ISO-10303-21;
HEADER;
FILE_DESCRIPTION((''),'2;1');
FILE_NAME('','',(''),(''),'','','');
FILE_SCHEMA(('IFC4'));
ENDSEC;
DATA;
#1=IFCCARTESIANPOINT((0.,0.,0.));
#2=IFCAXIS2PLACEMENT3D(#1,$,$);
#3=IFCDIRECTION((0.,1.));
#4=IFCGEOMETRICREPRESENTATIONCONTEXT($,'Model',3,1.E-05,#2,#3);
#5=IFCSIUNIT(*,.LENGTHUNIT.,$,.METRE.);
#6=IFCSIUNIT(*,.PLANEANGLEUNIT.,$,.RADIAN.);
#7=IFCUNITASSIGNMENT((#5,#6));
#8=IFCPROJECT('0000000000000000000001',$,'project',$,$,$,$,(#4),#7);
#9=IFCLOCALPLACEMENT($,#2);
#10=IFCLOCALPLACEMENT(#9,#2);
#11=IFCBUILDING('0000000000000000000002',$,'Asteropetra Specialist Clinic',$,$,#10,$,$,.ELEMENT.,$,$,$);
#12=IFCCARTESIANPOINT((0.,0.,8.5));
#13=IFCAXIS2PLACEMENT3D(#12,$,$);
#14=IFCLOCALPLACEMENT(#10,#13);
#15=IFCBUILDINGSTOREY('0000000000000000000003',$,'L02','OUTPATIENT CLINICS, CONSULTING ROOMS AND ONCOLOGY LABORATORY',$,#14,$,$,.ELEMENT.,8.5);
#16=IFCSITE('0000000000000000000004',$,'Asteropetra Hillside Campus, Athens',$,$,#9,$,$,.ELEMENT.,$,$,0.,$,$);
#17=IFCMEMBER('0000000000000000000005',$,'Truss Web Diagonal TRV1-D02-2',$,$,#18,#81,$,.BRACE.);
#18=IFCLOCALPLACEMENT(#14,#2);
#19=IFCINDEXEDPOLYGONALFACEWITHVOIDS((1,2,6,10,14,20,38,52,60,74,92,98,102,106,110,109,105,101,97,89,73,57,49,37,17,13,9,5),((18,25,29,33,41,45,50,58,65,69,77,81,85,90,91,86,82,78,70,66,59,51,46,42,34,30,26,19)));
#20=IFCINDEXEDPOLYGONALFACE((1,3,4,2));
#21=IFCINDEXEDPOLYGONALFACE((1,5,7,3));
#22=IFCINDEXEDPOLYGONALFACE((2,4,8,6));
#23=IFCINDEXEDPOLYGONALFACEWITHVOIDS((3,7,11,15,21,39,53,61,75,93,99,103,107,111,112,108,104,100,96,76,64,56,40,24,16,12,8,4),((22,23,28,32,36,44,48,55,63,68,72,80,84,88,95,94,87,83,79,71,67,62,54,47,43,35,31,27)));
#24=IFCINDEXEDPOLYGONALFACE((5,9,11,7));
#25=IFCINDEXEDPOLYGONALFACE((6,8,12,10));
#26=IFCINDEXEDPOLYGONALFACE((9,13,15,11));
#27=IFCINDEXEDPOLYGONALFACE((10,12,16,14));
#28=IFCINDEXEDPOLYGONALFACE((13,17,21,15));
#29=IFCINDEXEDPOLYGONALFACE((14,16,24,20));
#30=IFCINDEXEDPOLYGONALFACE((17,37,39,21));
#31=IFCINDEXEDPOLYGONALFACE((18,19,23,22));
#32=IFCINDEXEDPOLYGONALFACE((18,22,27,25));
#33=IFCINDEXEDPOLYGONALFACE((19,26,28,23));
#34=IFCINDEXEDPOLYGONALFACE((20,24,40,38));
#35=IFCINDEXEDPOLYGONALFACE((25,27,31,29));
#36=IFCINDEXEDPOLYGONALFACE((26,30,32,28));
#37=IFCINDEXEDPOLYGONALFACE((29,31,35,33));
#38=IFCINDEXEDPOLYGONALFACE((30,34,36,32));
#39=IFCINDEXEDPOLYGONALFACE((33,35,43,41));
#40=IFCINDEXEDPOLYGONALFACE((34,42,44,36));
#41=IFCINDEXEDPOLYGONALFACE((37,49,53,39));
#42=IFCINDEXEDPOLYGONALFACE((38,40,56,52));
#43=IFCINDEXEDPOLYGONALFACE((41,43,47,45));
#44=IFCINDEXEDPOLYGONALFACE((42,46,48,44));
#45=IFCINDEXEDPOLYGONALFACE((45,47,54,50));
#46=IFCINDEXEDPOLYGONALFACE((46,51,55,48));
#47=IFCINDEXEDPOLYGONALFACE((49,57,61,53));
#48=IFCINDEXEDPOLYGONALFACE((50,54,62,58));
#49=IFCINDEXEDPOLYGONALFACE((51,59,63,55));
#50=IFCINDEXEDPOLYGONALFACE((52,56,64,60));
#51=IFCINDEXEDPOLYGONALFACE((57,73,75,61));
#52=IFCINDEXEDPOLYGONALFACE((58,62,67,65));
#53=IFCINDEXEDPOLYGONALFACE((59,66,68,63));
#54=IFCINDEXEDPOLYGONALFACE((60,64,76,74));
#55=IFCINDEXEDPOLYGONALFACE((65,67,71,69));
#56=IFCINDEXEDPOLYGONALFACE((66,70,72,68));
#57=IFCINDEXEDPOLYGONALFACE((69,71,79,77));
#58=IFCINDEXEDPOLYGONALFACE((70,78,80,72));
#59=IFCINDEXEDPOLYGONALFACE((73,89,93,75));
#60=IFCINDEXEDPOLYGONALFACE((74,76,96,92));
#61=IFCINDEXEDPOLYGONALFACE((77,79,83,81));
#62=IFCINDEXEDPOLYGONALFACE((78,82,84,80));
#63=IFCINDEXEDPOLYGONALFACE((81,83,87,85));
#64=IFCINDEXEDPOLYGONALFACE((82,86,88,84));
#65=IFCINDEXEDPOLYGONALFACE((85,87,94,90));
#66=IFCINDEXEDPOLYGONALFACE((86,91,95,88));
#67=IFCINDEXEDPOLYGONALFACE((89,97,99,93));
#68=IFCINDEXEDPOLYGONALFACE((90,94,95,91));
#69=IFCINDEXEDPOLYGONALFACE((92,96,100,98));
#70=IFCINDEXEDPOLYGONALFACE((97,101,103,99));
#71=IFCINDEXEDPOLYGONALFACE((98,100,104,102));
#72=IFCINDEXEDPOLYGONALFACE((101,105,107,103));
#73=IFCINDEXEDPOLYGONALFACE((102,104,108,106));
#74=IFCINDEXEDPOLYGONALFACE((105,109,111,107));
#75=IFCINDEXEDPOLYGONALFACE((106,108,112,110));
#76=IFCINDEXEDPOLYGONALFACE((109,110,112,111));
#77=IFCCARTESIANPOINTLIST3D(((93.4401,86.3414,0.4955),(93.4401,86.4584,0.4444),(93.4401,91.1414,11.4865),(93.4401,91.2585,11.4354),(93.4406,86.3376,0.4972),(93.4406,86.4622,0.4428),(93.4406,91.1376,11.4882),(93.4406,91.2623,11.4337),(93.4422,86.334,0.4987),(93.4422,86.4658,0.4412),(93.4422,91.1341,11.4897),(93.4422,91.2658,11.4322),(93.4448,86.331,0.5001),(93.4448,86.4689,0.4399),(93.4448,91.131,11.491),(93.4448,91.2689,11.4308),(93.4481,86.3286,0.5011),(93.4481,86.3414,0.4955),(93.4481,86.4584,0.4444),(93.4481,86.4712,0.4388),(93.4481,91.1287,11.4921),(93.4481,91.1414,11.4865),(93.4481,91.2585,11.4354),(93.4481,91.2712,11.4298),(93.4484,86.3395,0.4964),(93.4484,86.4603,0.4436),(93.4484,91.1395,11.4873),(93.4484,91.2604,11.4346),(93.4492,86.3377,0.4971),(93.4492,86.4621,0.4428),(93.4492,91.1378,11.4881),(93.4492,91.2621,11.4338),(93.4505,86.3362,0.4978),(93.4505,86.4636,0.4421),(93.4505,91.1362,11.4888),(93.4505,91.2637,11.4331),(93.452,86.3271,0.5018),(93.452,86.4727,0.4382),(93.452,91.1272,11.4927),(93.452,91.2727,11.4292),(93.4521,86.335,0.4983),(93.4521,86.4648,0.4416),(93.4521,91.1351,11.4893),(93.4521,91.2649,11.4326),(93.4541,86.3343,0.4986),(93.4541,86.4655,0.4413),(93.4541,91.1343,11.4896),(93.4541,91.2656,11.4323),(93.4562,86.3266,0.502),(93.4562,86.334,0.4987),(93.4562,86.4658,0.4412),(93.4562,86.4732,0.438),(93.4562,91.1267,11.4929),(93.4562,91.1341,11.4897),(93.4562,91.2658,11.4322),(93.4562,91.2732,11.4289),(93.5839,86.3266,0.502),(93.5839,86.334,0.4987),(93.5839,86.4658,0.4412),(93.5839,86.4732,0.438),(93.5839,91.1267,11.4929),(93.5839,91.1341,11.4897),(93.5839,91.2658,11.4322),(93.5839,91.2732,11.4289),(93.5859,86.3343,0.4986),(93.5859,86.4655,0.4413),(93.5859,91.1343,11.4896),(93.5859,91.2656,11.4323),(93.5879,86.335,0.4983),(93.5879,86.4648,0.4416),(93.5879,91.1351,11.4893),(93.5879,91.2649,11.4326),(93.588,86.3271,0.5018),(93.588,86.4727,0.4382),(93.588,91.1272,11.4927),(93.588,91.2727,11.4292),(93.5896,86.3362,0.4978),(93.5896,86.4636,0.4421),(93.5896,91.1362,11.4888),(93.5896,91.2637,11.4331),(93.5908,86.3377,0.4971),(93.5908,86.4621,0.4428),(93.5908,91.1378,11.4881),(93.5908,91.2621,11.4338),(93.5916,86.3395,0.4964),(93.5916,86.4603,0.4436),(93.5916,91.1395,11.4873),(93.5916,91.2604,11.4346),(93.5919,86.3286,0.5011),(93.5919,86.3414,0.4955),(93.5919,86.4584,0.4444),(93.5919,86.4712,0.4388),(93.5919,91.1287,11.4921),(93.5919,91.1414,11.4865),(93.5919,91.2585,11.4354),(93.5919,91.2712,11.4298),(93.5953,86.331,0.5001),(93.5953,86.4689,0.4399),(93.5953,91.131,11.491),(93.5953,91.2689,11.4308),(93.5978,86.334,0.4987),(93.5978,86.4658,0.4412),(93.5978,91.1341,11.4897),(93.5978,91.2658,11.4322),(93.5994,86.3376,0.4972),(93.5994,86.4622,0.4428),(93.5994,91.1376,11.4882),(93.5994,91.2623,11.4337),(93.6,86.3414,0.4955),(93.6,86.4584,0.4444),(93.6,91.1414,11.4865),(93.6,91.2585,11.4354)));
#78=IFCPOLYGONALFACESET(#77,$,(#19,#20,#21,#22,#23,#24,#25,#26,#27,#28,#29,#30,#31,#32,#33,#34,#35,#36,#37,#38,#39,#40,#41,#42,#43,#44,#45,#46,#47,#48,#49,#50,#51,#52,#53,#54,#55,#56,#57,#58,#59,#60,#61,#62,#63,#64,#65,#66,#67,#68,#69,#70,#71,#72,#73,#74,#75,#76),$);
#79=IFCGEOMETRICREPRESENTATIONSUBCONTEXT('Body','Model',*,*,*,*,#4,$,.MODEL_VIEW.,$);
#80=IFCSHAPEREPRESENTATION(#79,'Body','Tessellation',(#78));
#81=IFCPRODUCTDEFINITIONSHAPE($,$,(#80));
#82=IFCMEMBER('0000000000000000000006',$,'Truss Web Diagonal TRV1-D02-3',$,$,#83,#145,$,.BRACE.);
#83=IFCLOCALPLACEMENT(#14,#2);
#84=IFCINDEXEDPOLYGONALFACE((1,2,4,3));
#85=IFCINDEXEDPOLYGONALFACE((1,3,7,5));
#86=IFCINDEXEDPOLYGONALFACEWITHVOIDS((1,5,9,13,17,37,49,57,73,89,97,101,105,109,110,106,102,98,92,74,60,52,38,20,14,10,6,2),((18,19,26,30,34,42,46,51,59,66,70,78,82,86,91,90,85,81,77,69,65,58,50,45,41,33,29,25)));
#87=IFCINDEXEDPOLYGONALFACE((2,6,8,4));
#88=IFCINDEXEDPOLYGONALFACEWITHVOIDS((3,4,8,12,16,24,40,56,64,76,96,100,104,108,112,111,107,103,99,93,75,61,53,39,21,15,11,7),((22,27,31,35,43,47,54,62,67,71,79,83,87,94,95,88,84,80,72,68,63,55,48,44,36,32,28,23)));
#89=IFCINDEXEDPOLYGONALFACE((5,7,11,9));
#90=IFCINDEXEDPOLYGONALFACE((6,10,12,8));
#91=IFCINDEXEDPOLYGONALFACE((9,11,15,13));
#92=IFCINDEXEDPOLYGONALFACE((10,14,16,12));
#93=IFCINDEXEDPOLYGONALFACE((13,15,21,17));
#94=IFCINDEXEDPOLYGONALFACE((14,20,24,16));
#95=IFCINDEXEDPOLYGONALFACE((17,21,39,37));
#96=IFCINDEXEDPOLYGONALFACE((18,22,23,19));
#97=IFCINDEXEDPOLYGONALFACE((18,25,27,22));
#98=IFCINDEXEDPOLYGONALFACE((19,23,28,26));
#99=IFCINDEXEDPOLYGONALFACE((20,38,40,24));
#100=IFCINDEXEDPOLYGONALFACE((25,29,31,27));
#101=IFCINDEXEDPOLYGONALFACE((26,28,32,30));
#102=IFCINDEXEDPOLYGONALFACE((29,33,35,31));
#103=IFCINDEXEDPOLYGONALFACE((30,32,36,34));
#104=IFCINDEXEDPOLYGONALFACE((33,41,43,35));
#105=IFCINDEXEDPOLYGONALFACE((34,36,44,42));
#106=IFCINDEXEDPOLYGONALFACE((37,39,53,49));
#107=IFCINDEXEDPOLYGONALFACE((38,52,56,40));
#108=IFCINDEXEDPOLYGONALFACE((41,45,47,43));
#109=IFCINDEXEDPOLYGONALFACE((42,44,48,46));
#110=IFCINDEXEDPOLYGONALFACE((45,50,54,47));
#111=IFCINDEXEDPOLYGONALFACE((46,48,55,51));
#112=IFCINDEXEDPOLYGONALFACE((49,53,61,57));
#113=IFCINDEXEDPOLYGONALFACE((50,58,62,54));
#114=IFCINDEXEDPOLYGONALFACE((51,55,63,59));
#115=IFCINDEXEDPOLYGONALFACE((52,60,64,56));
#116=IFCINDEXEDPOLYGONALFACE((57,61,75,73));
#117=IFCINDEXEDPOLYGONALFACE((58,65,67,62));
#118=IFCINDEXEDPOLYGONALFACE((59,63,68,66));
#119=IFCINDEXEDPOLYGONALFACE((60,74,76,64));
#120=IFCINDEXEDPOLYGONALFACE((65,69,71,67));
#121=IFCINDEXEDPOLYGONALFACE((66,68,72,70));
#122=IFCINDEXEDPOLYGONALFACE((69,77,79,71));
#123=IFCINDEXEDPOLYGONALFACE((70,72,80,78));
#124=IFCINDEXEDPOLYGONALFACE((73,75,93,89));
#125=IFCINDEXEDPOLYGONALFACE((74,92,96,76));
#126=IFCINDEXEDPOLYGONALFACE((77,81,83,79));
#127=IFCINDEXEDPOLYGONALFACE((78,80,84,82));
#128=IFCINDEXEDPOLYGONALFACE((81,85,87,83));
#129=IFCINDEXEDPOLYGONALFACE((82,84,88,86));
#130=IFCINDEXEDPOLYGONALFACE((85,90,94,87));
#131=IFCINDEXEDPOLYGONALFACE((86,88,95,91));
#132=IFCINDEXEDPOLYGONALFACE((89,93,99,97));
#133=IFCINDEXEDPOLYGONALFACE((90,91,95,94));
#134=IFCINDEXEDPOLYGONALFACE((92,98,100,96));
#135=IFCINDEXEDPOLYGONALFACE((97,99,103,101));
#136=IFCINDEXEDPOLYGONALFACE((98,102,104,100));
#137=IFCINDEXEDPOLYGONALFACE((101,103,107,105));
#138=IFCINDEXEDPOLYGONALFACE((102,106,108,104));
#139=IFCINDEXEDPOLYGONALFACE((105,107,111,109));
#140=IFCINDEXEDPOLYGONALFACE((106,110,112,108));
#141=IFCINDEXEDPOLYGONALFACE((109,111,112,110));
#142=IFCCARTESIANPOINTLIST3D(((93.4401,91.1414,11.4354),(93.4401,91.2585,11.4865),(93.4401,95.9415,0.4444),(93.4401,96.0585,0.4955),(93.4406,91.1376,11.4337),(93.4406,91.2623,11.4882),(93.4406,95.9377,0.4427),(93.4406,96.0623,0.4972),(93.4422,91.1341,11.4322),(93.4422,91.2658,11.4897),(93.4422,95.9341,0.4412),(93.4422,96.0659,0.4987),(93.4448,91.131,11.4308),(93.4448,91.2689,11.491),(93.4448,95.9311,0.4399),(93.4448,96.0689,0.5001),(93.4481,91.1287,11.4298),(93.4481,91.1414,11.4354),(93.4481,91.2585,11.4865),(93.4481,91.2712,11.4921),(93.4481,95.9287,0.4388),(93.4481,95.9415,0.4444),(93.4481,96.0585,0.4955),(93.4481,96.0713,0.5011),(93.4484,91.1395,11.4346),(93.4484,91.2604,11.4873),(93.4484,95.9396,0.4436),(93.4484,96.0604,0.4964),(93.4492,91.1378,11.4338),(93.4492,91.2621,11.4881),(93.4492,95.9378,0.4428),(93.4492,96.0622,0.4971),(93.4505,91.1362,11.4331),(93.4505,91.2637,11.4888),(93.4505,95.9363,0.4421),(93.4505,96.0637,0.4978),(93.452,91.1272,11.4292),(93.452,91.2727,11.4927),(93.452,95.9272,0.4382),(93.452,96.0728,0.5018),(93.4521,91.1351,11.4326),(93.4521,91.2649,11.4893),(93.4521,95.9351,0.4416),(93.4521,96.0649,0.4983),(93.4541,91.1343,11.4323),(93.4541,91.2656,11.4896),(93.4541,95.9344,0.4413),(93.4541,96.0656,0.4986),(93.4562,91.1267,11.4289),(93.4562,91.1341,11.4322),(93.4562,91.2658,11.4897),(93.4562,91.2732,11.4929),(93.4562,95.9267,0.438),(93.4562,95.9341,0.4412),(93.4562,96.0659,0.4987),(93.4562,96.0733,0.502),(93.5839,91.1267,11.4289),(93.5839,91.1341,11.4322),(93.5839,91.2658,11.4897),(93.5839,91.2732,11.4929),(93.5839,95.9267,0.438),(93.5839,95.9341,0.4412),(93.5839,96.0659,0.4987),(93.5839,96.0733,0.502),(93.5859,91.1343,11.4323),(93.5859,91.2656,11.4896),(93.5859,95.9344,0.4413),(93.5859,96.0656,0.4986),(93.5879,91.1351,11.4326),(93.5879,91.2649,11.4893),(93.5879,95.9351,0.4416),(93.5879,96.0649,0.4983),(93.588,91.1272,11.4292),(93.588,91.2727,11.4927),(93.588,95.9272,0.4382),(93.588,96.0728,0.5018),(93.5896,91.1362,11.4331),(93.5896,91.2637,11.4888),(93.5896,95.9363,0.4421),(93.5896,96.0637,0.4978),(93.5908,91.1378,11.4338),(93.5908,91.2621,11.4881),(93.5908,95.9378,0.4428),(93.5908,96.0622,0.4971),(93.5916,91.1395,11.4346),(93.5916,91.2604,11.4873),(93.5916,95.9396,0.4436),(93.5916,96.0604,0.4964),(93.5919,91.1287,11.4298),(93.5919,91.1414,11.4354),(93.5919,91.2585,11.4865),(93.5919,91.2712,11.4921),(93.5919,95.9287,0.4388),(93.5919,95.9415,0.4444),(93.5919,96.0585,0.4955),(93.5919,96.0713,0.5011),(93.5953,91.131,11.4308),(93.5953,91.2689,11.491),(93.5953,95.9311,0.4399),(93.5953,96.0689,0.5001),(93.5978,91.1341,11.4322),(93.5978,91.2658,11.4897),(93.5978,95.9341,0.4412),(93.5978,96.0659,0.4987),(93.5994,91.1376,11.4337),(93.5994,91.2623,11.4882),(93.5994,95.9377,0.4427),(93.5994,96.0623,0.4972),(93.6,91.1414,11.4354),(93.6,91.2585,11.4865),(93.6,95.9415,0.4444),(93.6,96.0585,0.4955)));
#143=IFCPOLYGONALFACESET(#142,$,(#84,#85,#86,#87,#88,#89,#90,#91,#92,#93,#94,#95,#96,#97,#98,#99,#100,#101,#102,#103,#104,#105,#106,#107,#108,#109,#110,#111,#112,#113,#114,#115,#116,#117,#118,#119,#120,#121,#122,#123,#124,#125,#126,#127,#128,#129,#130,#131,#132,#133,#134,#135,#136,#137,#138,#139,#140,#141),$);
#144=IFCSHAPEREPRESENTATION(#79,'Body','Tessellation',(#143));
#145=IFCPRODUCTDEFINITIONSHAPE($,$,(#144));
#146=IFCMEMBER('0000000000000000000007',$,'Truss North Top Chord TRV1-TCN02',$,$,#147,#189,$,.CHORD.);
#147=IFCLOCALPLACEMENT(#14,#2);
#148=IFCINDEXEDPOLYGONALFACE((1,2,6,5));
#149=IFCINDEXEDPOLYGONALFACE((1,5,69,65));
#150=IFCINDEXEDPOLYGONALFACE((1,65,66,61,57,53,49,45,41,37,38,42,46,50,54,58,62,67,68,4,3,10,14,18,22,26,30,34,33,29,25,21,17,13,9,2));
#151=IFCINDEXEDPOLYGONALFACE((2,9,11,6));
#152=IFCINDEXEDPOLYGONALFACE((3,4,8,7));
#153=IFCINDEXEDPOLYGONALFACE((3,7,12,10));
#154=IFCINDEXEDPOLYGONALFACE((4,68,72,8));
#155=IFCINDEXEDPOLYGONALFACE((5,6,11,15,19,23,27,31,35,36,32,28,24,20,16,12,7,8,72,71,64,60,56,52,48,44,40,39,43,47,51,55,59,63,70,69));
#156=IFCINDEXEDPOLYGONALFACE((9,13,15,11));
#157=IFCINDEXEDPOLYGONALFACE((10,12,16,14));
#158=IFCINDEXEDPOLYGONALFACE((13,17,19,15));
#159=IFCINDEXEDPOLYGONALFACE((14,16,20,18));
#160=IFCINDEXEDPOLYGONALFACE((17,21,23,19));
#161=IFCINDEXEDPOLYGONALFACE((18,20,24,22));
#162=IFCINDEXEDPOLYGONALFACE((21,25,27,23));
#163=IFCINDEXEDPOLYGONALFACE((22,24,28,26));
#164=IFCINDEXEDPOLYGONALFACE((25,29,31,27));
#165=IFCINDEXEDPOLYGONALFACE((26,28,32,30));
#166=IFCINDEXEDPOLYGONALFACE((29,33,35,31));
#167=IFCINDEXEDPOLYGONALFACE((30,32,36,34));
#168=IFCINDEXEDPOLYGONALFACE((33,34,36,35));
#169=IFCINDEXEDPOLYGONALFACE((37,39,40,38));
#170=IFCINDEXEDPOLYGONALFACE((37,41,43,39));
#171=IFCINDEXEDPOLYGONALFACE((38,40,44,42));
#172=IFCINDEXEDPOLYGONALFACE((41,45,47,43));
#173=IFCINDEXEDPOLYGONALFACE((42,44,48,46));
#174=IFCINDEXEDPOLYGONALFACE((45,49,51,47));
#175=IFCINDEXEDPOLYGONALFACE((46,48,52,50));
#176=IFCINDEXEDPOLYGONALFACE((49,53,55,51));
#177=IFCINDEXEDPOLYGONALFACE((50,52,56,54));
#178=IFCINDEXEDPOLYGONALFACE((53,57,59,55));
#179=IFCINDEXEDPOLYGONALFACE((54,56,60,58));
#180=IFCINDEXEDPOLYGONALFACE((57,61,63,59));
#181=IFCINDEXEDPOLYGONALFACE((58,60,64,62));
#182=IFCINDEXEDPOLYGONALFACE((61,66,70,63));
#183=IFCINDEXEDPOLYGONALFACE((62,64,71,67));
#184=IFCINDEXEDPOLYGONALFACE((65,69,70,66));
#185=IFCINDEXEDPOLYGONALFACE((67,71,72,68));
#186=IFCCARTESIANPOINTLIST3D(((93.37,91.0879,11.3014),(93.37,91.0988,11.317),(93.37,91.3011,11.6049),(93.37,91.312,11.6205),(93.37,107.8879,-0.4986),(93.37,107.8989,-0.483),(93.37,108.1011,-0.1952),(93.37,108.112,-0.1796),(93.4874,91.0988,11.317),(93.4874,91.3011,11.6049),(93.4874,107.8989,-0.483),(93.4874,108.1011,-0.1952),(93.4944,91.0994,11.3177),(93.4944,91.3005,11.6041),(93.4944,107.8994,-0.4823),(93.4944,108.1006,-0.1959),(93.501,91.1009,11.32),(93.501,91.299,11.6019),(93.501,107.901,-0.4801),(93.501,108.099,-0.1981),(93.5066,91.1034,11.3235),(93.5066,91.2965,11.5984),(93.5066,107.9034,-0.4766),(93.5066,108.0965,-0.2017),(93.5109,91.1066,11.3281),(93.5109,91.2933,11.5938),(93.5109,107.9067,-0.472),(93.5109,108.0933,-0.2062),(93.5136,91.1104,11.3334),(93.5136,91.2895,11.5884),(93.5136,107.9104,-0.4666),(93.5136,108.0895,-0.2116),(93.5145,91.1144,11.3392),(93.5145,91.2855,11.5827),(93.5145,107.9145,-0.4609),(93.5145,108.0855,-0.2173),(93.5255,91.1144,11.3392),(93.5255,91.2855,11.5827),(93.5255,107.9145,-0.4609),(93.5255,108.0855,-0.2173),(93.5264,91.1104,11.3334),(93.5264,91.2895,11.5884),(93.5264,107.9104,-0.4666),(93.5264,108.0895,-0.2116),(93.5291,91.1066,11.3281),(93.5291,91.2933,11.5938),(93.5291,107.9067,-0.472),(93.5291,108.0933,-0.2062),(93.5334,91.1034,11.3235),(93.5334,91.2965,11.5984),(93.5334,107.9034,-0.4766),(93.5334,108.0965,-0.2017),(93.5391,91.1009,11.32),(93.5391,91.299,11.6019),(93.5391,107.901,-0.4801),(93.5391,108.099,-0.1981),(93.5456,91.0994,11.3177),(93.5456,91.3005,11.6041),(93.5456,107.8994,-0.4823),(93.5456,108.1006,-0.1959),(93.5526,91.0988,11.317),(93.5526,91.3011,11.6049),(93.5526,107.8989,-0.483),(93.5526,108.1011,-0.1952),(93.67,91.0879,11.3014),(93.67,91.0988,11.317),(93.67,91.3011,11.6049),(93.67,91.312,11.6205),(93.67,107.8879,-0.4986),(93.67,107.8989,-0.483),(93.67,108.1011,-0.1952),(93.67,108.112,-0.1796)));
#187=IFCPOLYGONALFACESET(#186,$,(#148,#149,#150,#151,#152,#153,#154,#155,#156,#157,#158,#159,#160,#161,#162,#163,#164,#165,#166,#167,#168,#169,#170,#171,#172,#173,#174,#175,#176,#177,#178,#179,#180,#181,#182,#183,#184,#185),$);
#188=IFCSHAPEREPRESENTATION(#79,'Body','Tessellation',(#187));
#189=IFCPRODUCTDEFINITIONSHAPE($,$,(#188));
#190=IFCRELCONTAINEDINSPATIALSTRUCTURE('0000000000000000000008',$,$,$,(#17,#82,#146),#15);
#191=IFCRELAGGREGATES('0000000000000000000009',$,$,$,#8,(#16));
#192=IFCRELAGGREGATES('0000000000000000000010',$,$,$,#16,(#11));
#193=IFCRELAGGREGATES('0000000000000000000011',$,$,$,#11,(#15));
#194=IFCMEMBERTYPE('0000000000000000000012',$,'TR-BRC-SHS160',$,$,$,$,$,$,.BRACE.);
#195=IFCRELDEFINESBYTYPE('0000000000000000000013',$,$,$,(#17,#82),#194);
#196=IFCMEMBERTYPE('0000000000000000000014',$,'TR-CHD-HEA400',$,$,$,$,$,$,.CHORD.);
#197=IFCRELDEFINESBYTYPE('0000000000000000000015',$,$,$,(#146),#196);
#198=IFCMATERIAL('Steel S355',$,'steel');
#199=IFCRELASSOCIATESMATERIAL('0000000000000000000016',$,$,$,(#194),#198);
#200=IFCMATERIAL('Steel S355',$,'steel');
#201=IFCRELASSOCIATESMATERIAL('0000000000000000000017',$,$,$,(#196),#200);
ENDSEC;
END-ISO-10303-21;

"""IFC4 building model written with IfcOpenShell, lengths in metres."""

from ifc_helpers import new_model, si_unit, direction, frame, origin, origin_2d, place, context, subcontext, project, spatial, hollow_rectangle, i_section, extrude, material, material_profile, profile_set, type_object, element, save


model = new_model("IFC4")

# Units and contexts
model_context = context("Model", 3, precision=1e-05, world=origin(), true_north=direction((0.0, 1.0)))
body_context = subcontext(model_context, "Body", "Model", "MODEL_VIEW")
ifc_project = project(units=[si_unit("LENGTHUNIT", "METRE"), si_unit("PLANEANGLEUNIT", "RADIAN")], contexts=[model_context])

# Site, building, storey
site_placement = place(None, origin())
site = spatial("IfcSite", under=ifc_project, at=site_placement, Name="Asteropetra Hillside Campus, Athens", CompositionType="ELEMENT", RefElevation=0.0)
building_placement = place(site_placement, origin())
building = spatial("IfcBuilding", under=site, at=building_placement, Name="Asteropetra Specialist Clinic", CompositionType="ELEMENT")
storey_placement = place(building_placement, frame((0.0, 0.0, 8.5)))
storey = spatial("IfcBuildingStorey", under=building, at=storey_placement, Name="L02", Description="OUTPATIENT CLINICS, CONSULTING ROOMS AND ONCOLOGY LABORATORY", CompositionType="ELEMENT", Elevation=8.5)

# Members
ifc_material_1 = material(Name="Steel S355", Category="steel")
ifc_material_profile_1 = material_profile(ifc_material_1, hollow_rectangle(XDim=0.1599, YDim=0.1599, WallThickness=0.0081, InnerFilletRadius=0.0081, OuterFilletRadius=0.0161, at=origin_2d()), Name="SHS 160x160x8.0")
ifc_profile_set_1 = profile_set([ifc_material_profile_1], Name="Steel S355")
member_type_1 = type_object("IfcMemberType", Name="TR-BRC-SHS160", PredefinedType="BRACE", material=ifc_profile_set_1)
for number, where, z_axis, x_axis, name in (
    (1, (93.52, 86.3999, 0.47), (0.0, 0.400224, 0.916417), (-1.0, 0.0, 0.0), "Truss Web Diagonal TRV1-D02-2"),
    (2, (93.52, 91.2, 11.4609), (0.0, 0.400224, -0.916417), (-1.0, 0.0, 0.0), "Truss Web Diagonal TRV1-D02-3"),
):
    element("IfcMember", number, at=place(storey_placement, frame(where, z_axis=z_axis, x_axis=x_axis)), inside=storey, type_object=member_type_1, Name=name, PredefinedType="BRACE", context=body_context, shape_type="SweptSolid", body=[
        extrude(hollow_rectangle(XDim=0.1599, YDim=0.1599, WallThickness=0.0081, InnerFilletRadius=0.0081, OuterFilletRadius=0.0161, at=origin_2d()), origin(), (0.0, 0.0, 1.0), 11.9934),
    ])
ifc_material_2 = material(Name="Steel S355", Category="steel")
ifc_material_profile_2 = material_profile(ifc_material_2, i_section(OverallWidth=0.3, OverallDepth=0.3899, WebThickness=0.011, FlangeThickness=0.019, FilletRadius=0.0271, at=origin_2d()), Name="HEA 400")
ifc_profile_set_2 = profile_set([ifc_material_profile_2], Name="Steel S355")
member_type_2 = type_object("IfcMemberType", Name="TR-CHD-HEA400", PredefinedType="CHORD", material=ifc_profile_set_2)
member_1_placement = place(storey_placement, frame((93.52, 91.2, 11.4609), z_axis=(0.0, 0.818315, -0.57477), x_axis=(-1.0, 0.0, 0.0)))
element("IfcMember", 3, at=member_1_placement, inside=storey, type_object=member_type_2, Name="Truss North Top Chord TRV1-TCN02", PredefinedType="CHORD", context=body_context, shape_type="SweptSolid", body=[
    extrude(i_section(OverallWidth=0.3, OverallDepth=0.3899, WebThickness=0.011, FlangeThickness=0.019, FilletRadius=0.0271, at=origin_2d()), origin(), (0.0, 0.0, 1.0), 20.53),
])

save(model, "model.ifc")
